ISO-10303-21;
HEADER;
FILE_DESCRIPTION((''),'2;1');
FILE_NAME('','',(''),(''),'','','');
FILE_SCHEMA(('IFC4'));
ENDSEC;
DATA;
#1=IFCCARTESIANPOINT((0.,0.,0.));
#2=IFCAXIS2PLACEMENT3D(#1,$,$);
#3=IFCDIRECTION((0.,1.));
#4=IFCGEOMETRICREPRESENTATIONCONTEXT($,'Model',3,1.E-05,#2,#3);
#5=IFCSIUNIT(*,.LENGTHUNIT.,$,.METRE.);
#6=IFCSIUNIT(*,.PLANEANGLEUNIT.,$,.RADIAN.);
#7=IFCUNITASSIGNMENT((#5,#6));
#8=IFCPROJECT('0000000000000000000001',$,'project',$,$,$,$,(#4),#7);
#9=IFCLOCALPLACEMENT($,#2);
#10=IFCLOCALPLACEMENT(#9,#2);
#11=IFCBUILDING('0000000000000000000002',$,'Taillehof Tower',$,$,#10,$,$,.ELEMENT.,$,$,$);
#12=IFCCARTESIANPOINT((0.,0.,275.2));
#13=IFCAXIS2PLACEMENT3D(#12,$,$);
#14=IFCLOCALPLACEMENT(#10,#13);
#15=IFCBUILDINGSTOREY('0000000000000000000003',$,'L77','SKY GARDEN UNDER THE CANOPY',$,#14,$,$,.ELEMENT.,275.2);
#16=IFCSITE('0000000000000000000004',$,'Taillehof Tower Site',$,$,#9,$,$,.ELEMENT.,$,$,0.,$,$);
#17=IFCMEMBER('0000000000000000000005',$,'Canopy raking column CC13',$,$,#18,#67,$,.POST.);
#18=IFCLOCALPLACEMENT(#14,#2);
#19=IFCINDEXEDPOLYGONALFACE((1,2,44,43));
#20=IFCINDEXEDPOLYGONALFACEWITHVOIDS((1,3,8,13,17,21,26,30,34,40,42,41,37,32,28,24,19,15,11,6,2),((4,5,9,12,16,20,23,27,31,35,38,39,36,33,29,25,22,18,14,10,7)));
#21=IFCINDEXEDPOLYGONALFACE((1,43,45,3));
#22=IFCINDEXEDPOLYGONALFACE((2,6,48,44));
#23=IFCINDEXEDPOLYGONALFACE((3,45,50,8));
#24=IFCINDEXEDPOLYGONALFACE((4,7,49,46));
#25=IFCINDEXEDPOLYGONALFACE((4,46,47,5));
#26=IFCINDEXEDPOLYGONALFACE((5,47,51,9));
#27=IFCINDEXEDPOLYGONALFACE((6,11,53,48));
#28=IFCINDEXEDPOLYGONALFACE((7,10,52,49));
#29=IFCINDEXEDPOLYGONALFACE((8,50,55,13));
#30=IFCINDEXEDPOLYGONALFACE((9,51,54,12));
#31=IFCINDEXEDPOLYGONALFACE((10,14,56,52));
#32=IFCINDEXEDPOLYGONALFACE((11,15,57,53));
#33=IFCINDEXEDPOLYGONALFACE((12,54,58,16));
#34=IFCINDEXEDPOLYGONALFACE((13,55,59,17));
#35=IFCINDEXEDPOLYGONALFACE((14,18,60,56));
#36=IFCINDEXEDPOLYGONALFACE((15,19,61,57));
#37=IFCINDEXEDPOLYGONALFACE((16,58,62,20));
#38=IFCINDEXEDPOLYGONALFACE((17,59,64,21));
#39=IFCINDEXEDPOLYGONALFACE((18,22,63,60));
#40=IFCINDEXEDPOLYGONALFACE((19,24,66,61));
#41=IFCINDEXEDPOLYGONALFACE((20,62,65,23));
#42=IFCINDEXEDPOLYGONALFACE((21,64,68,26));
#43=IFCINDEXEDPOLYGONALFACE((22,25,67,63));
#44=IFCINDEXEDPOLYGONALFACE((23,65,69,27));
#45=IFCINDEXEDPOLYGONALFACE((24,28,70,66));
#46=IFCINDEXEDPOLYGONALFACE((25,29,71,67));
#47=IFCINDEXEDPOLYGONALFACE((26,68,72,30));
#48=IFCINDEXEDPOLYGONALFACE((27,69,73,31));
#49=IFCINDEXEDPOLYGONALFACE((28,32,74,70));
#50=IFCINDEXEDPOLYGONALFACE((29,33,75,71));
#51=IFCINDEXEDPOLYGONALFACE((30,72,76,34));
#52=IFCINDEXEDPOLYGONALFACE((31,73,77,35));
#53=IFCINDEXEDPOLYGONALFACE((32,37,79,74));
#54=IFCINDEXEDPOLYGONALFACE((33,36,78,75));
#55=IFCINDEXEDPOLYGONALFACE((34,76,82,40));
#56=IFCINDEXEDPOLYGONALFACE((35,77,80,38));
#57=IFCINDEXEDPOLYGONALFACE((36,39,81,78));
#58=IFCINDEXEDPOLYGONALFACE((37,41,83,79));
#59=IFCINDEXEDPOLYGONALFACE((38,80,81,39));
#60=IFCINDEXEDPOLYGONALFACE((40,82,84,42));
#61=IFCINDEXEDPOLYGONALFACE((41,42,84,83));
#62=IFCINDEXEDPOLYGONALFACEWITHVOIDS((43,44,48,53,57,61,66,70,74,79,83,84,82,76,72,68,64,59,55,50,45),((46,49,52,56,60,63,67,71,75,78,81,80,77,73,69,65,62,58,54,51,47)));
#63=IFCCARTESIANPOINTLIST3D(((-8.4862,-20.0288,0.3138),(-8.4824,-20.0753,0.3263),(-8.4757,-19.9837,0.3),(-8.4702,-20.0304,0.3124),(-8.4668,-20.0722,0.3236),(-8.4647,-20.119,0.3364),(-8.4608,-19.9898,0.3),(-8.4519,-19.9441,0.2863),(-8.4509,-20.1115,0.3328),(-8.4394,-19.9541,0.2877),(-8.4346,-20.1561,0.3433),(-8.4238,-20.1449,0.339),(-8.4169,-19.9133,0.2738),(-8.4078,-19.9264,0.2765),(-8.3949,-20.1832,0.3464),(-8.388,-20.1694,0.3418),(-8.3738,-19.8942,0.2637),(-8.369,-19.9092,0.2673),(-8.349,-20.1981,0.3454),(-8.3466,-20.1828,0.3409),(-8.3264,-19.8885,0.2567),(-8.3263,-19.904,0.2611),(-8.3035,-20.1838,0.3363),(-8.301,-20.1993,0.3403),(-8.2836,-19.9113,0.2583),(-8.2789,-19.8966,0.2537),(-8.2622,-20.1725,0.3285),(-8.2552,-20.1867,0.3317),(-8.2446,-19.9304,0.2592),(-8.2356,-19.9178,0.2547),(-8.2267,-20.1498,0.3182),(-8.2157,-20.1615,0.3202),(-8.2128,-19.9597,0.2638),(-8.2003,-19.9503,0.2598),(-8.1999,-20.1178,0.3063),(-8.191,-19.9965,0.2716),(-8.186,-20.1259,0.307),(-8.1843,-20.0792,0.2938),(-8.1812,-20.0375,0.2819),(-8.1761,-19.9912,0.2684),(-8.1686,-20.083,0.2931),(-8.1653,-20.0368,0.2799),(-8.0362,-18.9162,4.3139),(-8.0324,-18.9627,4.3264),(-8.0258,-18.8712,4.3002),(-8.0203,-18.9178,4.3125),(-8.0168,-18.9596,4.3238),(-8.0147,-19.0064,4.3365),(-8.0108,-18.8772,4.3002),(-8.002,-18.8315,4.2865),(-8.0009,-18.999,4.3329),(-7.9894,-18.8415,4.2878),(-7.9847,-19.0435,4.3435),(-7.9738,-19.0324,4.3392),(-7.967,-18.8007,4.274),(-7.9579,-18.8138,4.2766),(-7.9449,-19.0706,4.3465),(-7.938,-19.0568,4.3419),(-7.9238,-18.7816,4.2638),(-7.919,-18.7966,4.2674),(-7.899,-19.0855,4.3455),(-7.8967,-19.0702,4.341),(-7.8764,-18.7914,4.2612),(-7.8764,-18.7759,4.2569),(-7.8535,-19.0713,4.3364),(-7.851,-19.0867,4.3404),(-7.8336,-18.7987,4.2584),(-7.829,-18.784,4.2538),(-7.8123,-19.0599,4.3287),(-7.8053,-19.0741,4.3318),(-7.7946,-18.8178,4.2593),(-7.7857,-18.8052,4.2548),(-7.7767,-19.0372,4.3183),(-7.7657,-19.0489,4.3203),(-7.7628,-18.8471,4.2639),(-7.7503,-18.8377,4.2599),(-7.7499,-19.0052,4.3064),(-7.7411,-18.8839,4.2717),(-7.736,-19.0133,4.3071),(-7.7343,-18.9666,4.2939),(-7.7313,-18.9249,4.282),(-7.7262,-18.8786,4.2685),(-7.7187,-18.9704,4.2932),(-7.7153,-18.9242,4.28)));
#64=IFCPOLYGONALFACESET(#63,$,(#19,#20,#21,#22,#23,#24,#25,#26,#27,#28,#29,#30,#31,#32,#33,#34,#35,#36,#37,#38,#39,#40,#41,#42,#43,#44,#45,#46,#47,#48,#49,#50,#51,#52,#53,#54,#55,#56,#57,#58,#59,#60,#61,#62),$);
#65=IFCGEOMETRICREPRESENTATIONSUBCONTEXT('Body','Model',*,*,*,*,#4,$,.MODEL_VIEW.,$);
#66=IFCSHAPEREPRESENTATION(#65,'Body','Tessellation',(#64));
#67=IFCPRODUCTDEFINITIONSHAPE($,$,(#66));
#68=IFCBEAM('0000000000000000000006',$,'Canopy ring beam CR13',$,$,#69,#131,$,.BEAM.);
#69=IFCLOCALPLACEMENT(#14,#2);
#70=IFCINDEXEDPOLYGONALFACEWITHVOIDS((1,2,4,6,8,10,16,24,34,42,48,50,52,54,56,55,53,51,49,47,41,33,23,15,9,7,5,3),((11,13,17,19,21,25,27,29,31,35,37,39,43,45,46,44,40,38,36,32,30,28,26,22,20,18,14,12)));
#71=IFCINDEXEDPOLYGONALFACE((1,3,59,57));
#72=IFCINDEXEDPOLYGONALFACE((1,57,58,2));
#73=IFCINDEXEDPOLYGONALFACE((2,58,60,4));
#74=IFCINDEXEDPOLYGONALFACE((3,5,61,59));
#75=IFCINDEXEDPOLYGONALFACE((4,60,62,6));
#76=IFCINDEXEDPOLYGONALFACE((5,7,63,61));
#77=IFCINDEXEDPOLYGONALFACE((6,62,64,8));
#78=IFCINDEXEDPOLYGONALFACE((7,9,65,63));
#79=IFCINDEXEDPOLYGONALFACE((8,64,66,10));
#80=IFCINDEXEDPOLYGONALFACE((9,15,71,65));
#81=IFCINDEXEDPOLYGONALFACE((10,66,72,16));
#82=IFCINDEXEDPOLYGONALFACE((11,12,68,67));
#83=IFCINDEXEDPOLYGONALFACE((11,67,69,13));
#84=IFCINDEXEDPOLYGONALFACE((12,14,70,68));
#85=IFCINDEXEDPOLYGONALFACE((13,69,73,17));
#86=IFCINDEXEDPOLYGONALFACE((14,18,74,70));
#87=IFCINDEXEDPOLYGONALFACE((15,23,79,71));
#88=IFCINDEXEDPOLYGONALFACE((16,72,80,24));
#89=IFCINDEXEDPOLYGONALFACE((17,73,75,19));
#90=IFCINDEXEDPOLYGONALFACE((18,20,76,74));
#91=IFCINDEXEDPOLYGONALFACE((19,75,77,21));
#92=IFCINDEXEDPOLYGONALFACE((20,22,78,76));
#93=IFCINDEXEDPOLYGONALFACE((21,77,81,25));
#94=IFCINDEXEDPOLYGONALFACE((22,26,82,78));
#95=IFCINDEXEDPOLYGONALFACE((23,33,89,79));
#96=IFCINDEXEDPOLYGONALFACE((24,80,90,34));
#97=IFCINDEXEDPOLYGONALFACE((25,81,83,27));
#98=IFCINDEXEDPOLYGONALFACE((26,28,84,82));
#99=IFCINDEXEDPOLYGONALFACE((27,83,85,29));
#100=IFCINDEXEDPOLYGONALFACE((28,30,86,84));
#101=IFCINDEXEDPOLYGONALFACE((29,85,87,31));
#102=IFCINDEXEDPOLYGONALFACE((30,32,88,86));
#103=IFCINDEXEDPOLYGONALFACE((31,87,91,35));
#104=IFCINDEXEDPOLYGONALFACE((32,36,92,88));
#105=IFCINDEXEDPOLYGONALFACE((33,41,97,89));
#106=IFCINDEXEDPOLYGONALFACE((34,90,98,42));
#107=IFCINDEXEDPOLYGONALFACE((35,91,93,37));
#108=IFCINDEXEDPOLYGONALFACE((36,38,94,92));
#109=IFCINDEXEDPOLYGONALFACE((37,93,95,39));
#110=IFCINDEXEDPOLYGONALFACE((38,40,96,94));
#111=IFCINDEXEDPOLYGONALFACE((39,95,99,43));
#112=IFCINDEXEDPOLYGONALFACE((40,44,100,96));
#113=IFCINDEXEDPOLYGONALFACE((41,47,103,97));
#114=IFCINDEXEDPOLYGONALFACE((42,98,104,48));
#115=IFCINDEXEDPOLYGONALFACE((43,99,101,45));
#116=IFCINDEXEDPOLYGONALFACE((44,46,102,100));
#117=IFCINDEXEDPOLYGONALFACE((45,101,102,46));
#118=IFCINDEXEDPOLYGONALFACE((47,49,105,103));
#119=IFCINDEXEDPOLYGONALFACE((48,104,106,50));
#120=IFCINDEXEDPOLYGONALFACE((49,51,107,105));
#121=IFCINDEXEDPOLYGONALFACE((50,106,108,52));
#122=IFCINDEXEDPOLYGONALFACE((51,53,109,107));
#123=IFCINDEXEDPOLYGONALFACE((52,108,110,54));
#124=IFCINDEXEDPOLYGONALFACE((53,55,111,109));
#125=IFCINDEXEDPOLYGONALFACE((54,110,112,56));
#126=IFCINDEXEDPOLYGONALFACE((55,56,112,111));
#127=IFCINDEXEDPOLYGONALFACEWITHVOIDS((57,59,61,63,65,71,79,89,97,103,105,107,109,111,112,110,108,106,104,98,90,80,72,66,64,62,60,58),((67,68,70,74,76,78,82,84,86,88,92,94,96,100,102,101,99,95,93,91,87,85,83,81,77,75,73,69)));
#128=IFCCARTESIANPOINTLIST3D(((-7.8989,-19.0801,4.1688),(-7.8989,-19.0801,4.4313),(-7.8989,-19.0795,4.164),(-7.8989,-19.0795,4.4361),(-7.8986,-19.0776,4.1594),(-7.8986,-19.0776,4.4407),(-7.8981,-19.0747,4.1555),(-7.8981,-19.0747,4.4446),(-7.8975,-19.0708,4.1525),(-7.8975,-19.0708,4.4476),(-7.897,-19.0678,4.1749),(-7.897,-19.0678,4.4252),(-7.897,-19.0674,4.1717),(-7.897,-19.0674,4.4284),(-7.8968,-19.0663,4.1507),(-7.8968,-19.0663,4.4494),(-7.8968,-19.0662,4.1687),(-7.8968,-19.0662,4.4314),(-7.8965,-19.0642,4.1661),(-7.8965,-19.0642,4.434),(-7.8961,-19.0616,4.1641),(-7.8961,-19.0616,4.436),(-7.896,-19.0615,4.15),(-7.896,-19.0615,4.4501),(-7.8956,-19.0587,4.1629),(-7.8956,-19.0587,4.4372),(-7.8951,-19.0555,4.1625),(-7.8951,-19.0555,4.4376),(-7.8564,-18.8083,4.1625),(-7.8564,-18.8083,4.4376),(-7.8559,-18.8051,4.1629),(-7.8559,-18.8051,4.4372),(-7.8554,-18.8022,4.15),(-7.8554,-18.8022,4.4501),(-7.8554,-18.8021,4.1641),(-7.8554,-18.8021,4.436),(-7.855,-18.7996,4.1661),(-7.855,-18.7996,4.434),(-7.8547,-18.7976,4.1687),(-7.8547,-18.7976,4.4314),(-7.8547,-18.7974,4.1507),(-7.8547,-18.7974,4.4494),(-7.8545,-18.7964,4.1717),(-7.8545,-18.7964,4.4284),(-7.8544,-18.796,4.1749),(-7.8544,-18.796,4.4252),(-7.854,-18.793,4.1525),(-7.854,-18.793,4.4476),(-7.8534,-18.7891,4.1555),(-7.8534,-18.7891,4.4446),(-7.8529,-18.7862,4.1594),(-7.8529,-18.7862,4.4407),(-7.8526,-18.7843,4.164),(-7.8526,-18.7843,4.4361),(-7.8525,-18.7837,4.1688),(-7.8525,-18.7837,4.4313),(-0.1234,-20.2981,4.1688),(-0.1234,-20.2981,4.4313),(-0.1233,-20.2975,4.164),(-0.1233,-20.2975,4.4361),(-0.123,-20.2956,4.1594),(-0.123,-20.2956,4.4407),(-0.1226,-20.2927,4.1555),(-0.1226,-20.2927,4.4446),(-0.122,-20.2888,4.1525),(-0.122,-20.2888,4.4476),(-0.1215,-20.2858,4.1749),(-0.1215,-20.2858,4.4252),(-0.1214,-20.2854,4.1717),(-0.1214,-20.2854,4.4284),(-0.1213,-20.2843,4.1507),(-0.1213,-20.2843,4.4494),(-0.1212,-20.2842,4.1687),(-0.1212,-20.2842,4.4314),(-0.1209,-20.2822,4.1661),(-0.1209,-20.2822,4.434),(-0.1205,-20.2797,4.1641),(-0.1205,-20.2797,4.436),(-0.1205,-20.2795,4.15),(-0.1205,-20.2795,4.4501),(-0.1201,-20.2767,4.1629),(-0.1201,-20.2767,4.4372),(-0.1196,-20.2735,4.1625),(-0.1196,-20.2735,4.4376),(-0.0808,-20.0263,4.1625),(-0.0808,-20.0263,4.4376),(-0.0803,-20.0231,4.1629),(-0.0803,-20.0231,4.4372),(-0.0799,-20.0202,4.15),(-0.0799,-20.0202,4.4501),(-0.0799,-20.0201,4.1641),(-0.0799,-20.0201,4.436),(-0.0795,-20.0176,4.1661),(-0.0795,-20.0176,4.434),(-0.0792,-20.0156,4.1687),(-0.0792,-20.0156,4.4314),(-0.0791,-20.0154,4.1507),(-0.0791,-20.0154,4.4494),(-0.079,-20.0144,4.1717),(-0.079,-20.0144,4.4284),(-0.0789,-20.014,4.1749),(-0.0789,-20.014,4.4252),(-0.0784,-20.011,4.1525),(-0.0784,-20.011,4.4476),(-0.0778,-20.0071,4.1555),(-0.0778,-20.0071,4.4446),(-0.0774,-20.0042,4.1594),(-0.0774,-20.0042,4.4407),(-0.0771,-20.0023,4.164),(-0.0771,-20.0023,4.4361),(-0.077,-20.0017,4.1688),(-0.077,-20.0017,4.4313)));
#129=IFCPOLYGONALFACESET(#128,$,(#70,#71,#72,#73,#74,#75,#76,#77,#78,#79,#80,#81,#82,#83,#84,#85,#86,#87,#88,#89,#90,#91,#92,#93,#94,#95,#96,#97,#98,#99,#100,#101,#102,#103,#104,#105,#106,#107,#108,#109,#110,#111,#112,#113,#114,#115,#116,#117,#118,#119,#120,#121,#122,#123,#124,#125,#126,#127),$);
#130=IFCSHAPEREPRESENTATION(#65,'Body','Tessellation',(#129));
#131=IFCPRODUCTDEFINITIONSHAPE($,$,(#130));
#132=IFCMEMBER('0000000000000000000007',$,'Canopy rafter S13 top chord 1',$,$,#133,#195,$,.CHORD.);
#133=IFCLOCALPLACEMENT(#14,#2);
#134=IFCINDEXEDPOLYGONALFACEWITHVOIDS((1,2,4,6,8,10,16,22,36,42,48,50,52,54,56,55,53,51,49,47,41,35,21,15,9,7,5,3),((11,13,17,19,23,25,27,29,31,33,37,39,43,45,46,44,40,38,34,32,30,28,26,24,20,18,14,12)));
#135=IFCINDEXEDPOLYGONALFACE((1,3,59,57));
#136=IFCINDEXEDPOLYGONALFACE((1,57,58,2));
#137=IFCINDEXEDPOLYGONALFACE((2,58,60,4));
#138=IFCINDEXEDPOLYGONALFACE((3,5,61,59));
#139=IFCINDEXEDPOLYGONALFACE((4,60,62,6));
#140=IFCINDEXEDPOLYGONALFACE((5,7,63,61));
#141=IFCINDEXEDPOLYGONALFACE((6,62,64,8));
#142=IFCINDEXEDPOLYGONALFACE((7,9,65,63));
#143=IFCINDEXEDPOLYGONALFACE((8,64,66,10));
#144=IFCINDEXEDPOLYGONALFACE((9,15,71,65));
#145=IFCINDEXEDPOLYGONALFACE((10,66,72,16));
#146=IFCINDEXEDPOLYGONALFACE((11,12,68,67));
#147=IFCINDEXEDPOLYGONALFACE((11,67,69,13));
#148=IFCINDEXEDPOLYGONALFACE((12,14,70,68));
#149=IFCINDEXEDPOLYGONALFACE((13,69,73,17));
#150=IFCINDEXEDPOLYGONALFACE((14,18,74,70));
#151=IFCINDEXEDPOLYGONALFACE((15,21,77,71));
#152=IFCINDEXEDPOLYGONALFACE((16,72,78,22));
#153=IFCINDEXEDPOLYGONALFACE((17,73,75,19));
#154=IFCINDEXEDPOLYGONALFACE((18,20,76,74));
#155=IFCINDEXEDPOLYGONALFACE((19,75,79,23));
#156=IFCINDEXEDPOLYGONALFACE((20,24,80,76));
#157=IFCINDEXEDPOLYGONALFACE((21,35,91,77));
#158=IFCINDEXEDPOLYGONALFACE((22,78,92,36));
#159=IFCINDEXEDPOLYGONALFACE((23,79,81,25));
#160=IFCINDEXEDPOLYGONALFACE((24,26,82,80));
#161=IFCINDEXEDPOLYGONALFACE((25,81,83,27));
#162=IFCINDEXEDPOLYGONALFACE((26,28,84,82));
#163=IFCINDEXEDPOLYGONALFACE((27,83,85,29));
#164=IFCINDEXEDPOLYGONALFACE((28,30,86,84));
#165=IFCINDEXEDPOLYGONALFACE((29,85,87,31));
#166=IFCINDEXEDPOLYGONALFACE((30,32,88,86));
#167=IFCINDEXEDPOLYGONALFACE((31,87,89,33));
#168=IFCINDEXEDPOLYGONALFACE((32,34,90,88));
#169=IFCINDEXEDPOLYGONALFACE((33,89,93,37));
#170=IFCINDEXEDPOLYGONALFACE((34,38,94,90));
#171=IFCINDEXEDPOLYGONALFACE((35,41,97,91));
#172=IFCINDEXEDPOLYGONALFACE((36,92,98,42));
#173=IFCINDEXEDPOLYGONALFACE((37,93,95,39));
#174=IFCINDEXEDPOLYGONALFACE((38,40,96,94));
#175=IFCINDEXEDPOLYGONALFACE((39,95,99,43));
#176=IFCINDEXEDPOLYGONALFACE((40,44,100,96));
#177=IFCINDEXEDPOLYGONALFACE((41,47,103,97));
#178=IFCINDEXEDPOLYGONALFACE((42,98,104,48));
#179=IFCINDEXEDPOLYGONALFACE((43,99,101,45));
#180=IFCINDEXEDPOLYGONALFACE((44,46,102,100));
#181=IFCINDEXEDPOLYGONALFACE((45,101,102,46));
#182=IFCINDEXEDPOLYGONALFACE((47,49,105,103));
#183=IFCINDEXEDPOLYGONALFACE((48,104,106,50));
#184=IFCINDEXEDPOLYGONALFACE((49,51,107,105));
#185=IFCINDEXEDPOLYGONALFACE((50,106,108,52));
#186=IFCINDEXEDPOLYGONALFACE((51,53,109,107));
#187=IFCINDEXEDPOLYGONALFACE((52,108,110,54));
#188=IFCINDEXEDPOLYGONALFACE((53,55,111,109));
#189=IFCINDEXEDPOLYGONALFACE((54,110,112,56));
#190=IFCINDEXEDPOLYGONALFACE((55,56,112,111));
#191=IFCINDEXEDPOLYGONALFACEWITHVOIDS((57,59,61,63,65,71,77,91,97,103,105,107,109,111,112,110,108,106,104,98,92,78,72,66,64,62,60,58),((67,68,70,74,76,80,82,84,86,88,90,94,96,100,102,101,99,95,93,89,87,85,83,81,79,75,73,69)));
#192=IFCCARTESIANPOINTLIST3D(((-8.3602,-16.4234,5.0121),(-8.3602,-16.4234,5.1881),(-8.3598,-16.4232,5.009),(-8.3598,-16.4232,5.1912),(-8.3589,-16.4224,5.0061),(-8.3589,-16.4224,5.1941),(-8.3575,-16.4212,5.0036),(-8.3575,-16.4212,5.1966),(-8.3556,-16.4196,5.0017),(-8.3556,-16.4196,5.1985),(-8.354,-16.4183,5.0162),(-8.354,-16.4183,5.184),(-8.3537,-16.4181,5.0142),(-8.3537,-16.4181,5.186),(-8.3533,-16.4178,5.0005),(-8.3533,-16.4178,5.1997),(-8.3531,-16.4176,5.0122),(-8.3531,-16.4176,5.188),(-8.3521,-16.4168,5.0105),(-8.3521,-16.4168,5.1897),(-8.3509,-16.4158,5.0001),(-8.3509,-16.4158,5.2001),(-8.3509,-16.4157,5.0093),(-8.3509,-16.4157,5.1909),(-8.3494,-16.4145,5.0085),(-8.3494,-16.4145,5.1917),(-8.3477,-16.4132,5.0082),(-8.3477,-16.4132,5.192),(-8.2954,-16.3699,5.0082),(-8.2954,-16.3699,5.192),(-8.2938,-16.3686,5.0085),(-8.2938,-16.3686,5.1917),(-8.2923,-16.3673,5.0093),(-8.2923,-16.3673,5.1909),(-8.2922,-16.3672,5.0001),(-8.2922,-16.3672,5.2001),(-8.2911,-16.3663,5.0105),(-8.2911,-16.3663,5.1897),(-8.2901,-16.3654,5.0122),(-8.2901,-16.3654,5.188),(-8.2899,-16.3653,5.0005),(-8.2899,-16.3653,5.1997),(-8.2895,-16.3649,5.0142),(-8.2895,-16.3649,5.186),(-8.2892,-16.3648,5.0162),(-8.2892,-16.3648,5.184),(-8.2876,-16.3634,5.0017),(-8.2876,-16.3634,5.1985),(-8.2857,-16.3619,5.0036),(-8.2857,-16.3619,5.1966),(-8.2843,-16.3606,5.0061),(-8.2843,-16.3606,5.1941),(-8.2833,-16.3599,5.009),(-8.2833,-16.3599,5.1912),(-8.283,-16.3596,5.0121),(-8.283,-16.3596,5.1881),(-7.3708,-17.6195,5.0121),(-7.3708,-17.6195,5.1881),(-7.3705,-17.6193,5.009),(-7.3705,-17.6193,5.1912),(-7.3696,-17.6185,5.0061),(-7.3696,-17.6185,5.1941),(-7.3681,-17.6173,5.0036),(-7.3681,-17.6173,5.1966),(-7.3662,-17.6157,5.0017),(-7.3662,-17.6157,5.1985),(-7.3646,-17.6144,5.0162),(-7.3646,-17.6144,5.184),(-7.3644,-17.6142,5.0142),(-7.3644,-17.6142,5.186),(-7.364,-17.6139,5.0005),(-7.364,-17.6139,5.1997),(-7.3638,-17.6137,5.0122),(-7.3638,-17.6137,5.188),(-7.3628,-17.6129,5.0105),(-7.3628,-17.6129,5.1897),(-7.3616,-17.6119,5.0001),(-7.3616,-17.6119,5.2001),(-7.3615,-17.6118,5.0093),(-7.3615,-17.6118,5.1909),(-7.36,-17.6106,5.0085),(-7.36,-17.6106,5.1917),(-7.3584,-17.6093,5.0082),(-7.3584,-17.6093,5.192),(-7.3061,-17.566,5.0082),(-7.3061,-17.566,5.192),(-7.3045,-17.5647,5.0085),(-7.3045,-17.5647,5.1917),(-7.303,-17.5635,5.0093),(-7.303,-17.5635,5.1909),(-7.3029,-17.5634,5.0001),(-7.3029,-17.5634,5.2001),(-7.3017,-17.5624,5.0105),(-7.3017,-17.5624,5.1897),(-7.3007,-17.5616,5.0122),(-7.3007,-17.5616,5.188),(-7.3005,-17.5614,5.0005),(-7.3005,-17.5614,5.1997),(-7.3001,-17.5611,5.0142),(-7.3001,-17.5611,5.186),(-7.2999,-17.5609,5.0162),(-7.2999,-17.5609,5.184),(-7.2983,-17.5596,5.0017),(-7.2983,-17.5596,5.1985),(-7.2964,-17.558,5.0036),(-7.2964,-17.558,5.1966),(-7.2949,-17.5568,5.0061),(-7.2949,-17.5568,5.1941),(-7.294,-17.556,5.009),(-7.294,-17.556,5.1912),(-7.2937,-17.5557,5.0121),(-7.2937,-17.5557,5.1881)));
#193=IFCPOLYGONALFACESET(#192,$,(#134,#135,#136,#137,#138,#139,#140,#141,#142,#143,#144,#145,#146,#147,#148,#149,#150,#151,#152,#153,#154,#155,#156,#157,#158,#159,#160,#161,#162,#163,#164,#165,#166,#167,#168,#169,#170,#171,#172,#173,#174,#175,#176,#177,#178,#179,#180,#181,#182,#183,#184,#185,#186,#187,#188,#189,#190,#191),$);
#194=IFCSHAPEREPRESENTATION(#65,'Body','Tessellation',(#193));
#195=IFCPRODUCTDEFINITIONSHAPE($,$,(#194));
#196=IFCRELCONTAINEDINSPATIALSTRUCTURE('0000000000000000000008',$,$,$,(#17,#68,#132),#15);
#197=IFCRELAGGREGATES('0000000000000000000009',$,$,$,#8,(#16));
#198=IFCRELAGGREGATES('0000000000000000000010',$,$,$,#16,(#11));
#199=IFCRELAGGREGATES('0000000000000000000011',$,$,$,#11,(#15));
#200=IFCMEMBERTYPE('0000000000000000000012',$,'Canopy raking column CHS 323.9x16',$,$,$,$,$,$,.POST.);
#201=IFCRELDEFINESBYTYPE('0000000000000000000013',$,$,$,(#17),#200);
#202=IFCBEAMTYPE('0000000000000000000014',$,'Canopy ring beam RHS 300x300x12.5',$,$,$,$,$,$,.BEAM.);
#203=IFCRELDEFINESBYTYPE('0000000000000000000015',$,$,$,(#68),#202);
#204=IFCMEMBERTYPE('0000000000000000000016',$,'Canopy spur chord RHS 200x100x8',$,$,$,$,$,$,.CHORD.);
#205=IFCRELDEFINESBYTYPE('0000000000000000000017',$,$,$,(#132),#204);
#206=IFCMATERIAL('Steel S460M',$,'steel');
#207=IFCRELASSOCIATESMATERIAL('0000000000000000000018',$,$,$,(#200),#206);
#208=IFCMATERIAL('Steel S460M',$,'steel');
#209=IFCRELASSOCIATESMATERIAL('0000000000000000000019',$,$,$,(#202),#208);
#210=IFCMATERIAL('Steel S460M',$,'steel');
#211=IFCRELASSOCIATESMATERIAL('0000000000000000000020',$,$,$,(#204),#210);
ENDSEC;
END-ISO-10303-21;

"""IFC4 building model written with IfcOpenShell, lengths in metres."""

from ifc_helpers import new_model, si_unit, direction, frame, origin, origin_2d, place, context, subcontext, project, spatial, hollow_rectangle, hollow_circle, extrude, material, material_profile, profile_set, type_object, element, save


model = new_model("IFC4")

# Units and contexts
model_context = context("Model", 3, precision=1e-05, world=origin(), true_north=direction((0.0, 1.0)))
body_context = subcontext(model_context, "Body", "Model", "MODEL_VIEW")
ifc_project = project(units=[si_unit("LENGTHUNIT", "METRE"), si_unit("PLANEANGLEUNIT", "RADIAN")], contexts=[model_context])

# Site, building, storey
site_placement = place(None, origin())
site = spatial("IfcSite", under=ifc_project, at=site_placement, Name="Taillehof Tower Site", CompositionType="ELEMENT", RefElevation=0.0)
building_placement = place(site_placement, origin())
building = spatial("IfcBuilding", under=site, at=building_placement, Name="Taillehof Tower", CompositionType="ELEMENT")
storey_placement = place(building_placement, frame((0.0, 0.0, 275.2)))
storey = spatial("IfcBuildingStorey", under=building, at=storey_placement, Name="L77", Description="SKY GARDEN UNDER THE CANOPY", CompositionType="ELEMENT", Elevation=275.2)

# Member
ifc_material_1 = material(Name="Steel S460M", Category="steel")
ifc_material_profile_1 = material_profile(ifc_material_1, hollow_circle(Radius=0.1619, WallThickness=0.0161, at=origin_2d()), Name="CHS 323.9x16")
ifc_profile_set_1 = profile_set([ifc_material_profile_1], Name="Steel S460M")
member_type_1 = type_object("IfcMemberType", Name="Canopy raking column CHS 323.9x16", PredefinedType="POST", material=ifc_profile_set_1)
member_1_placement = place(storey_placement, frame((-8.3257, -20.0444, 0.3), z_axis=(0.107743, 0.266405, 0.95782), x_axis=(-0.927053, 0.374931, 0.0)))
element("IfcMember", 1, at=member_1_placement, inside=storey, type_object=member_type_1, Name="Canopy raking column CC13", PredefinedType="POST", context=body_context, shape_type="SweptSolid", body=[
    extrude(hollow_circle(Radius=0.1619, WallThickness=0.0161, at=origin_2d()), origin(), (0.0, 0.0, 1.0), 4.1763),
])

# Beam
ifc_material_2 = material(Name="Steel S460M", Category="steel")
ifc_material_profile_2 = material_profile(ifc_material_2, hollow_rectangle(XDim=0.3, YDim=0.3, WallThickness=0.0125, InnerFilletRadius=0.0125, OuterFilletRadius=0.0188, at=origin_2d()), Name="RHS 300x300x12.5")
ifc_profile_set_2 = profile_set([ifc_material_profile_2], Name="Steel S460M")
beam_type_1 = type_object("IfcBeamType", Name="Canopy ring beam RHS 300x300x12.5", PredefinedType="BEAM", material=ifc_profile_set_2)
beam_1_placement = place(storey_placement, frame((-7.8757, -18.9319, 4.3), z_axis=(0.987952, -0.154758, 0.0), x_axis=(0.154758, 0.987952, 0.0)))
element("IfcBeam", 2, at=beam_1_placement, inside=storey, type_object=beam_type_1, Name="Canopy ring beam CR13", PredefinedType="BEAM", context=body_context, shape_type="SweptSolid", body=[
    extrude(hollow_rectangle(XDim=0.3, YDim=0.3, WallThickness=0.0125, InnerFilletRadius=0.0125, OuterFilletRadius=0.0188, at=origin_2d()), origin(), (0.0, 0.0, 1.0), 7.8704),
])

# Member
ifc_material_3 = material(Name="Steel S460M", Category="steel")
ifc_material_profile_3 = material_profile(ifc_material_3, hollow_rectangle(XDim=0.1001, YDim=0.2, WallThickness=0.0081, InnerFilletRadius=0.0081, OuterFilletRadius=0.012, at=origin_2d()), Name="RHS 200x100x8")
ifc_profile_set_3 = profile_set([ifc_material_profile_3], Name="Steel S460M")
member_type_2 = type_object("IfcMemberType", Name="Canopy spur chord RHS 200x100x8", PredefinedType="CHORD", material=ifc_profile_set_3)
for number, where, z_axis, x_axis, name in (
    (3, (-7.3323, -17.5876, 5.1001), (-0.637349, 0.770575, 0.0), (-0.770575, -0.637349, 0.0), "Canopy rafter S13 top chord 1"),
):
    element("IfcMember", number, at=place(storey_placement, frame(where, z_axis=z_axis, x_axis=x_axis)), inside=storey, type_object=member_type_2, Name=name, PredefinedType="CHORD", context=body_context, shape_type="SweptSolid", body=[
        extrude(hollow_rectangle(XDim=0.1001, YDim=0.2, WallThickness=0.0081, InnerFilletRadius=0.0081, OuterFilletRadius=0.012, at=origin_2d()), origin(), (0.0, 0.0, 1.0), 1.5522),
    ])

save(model, "model.ifc")
